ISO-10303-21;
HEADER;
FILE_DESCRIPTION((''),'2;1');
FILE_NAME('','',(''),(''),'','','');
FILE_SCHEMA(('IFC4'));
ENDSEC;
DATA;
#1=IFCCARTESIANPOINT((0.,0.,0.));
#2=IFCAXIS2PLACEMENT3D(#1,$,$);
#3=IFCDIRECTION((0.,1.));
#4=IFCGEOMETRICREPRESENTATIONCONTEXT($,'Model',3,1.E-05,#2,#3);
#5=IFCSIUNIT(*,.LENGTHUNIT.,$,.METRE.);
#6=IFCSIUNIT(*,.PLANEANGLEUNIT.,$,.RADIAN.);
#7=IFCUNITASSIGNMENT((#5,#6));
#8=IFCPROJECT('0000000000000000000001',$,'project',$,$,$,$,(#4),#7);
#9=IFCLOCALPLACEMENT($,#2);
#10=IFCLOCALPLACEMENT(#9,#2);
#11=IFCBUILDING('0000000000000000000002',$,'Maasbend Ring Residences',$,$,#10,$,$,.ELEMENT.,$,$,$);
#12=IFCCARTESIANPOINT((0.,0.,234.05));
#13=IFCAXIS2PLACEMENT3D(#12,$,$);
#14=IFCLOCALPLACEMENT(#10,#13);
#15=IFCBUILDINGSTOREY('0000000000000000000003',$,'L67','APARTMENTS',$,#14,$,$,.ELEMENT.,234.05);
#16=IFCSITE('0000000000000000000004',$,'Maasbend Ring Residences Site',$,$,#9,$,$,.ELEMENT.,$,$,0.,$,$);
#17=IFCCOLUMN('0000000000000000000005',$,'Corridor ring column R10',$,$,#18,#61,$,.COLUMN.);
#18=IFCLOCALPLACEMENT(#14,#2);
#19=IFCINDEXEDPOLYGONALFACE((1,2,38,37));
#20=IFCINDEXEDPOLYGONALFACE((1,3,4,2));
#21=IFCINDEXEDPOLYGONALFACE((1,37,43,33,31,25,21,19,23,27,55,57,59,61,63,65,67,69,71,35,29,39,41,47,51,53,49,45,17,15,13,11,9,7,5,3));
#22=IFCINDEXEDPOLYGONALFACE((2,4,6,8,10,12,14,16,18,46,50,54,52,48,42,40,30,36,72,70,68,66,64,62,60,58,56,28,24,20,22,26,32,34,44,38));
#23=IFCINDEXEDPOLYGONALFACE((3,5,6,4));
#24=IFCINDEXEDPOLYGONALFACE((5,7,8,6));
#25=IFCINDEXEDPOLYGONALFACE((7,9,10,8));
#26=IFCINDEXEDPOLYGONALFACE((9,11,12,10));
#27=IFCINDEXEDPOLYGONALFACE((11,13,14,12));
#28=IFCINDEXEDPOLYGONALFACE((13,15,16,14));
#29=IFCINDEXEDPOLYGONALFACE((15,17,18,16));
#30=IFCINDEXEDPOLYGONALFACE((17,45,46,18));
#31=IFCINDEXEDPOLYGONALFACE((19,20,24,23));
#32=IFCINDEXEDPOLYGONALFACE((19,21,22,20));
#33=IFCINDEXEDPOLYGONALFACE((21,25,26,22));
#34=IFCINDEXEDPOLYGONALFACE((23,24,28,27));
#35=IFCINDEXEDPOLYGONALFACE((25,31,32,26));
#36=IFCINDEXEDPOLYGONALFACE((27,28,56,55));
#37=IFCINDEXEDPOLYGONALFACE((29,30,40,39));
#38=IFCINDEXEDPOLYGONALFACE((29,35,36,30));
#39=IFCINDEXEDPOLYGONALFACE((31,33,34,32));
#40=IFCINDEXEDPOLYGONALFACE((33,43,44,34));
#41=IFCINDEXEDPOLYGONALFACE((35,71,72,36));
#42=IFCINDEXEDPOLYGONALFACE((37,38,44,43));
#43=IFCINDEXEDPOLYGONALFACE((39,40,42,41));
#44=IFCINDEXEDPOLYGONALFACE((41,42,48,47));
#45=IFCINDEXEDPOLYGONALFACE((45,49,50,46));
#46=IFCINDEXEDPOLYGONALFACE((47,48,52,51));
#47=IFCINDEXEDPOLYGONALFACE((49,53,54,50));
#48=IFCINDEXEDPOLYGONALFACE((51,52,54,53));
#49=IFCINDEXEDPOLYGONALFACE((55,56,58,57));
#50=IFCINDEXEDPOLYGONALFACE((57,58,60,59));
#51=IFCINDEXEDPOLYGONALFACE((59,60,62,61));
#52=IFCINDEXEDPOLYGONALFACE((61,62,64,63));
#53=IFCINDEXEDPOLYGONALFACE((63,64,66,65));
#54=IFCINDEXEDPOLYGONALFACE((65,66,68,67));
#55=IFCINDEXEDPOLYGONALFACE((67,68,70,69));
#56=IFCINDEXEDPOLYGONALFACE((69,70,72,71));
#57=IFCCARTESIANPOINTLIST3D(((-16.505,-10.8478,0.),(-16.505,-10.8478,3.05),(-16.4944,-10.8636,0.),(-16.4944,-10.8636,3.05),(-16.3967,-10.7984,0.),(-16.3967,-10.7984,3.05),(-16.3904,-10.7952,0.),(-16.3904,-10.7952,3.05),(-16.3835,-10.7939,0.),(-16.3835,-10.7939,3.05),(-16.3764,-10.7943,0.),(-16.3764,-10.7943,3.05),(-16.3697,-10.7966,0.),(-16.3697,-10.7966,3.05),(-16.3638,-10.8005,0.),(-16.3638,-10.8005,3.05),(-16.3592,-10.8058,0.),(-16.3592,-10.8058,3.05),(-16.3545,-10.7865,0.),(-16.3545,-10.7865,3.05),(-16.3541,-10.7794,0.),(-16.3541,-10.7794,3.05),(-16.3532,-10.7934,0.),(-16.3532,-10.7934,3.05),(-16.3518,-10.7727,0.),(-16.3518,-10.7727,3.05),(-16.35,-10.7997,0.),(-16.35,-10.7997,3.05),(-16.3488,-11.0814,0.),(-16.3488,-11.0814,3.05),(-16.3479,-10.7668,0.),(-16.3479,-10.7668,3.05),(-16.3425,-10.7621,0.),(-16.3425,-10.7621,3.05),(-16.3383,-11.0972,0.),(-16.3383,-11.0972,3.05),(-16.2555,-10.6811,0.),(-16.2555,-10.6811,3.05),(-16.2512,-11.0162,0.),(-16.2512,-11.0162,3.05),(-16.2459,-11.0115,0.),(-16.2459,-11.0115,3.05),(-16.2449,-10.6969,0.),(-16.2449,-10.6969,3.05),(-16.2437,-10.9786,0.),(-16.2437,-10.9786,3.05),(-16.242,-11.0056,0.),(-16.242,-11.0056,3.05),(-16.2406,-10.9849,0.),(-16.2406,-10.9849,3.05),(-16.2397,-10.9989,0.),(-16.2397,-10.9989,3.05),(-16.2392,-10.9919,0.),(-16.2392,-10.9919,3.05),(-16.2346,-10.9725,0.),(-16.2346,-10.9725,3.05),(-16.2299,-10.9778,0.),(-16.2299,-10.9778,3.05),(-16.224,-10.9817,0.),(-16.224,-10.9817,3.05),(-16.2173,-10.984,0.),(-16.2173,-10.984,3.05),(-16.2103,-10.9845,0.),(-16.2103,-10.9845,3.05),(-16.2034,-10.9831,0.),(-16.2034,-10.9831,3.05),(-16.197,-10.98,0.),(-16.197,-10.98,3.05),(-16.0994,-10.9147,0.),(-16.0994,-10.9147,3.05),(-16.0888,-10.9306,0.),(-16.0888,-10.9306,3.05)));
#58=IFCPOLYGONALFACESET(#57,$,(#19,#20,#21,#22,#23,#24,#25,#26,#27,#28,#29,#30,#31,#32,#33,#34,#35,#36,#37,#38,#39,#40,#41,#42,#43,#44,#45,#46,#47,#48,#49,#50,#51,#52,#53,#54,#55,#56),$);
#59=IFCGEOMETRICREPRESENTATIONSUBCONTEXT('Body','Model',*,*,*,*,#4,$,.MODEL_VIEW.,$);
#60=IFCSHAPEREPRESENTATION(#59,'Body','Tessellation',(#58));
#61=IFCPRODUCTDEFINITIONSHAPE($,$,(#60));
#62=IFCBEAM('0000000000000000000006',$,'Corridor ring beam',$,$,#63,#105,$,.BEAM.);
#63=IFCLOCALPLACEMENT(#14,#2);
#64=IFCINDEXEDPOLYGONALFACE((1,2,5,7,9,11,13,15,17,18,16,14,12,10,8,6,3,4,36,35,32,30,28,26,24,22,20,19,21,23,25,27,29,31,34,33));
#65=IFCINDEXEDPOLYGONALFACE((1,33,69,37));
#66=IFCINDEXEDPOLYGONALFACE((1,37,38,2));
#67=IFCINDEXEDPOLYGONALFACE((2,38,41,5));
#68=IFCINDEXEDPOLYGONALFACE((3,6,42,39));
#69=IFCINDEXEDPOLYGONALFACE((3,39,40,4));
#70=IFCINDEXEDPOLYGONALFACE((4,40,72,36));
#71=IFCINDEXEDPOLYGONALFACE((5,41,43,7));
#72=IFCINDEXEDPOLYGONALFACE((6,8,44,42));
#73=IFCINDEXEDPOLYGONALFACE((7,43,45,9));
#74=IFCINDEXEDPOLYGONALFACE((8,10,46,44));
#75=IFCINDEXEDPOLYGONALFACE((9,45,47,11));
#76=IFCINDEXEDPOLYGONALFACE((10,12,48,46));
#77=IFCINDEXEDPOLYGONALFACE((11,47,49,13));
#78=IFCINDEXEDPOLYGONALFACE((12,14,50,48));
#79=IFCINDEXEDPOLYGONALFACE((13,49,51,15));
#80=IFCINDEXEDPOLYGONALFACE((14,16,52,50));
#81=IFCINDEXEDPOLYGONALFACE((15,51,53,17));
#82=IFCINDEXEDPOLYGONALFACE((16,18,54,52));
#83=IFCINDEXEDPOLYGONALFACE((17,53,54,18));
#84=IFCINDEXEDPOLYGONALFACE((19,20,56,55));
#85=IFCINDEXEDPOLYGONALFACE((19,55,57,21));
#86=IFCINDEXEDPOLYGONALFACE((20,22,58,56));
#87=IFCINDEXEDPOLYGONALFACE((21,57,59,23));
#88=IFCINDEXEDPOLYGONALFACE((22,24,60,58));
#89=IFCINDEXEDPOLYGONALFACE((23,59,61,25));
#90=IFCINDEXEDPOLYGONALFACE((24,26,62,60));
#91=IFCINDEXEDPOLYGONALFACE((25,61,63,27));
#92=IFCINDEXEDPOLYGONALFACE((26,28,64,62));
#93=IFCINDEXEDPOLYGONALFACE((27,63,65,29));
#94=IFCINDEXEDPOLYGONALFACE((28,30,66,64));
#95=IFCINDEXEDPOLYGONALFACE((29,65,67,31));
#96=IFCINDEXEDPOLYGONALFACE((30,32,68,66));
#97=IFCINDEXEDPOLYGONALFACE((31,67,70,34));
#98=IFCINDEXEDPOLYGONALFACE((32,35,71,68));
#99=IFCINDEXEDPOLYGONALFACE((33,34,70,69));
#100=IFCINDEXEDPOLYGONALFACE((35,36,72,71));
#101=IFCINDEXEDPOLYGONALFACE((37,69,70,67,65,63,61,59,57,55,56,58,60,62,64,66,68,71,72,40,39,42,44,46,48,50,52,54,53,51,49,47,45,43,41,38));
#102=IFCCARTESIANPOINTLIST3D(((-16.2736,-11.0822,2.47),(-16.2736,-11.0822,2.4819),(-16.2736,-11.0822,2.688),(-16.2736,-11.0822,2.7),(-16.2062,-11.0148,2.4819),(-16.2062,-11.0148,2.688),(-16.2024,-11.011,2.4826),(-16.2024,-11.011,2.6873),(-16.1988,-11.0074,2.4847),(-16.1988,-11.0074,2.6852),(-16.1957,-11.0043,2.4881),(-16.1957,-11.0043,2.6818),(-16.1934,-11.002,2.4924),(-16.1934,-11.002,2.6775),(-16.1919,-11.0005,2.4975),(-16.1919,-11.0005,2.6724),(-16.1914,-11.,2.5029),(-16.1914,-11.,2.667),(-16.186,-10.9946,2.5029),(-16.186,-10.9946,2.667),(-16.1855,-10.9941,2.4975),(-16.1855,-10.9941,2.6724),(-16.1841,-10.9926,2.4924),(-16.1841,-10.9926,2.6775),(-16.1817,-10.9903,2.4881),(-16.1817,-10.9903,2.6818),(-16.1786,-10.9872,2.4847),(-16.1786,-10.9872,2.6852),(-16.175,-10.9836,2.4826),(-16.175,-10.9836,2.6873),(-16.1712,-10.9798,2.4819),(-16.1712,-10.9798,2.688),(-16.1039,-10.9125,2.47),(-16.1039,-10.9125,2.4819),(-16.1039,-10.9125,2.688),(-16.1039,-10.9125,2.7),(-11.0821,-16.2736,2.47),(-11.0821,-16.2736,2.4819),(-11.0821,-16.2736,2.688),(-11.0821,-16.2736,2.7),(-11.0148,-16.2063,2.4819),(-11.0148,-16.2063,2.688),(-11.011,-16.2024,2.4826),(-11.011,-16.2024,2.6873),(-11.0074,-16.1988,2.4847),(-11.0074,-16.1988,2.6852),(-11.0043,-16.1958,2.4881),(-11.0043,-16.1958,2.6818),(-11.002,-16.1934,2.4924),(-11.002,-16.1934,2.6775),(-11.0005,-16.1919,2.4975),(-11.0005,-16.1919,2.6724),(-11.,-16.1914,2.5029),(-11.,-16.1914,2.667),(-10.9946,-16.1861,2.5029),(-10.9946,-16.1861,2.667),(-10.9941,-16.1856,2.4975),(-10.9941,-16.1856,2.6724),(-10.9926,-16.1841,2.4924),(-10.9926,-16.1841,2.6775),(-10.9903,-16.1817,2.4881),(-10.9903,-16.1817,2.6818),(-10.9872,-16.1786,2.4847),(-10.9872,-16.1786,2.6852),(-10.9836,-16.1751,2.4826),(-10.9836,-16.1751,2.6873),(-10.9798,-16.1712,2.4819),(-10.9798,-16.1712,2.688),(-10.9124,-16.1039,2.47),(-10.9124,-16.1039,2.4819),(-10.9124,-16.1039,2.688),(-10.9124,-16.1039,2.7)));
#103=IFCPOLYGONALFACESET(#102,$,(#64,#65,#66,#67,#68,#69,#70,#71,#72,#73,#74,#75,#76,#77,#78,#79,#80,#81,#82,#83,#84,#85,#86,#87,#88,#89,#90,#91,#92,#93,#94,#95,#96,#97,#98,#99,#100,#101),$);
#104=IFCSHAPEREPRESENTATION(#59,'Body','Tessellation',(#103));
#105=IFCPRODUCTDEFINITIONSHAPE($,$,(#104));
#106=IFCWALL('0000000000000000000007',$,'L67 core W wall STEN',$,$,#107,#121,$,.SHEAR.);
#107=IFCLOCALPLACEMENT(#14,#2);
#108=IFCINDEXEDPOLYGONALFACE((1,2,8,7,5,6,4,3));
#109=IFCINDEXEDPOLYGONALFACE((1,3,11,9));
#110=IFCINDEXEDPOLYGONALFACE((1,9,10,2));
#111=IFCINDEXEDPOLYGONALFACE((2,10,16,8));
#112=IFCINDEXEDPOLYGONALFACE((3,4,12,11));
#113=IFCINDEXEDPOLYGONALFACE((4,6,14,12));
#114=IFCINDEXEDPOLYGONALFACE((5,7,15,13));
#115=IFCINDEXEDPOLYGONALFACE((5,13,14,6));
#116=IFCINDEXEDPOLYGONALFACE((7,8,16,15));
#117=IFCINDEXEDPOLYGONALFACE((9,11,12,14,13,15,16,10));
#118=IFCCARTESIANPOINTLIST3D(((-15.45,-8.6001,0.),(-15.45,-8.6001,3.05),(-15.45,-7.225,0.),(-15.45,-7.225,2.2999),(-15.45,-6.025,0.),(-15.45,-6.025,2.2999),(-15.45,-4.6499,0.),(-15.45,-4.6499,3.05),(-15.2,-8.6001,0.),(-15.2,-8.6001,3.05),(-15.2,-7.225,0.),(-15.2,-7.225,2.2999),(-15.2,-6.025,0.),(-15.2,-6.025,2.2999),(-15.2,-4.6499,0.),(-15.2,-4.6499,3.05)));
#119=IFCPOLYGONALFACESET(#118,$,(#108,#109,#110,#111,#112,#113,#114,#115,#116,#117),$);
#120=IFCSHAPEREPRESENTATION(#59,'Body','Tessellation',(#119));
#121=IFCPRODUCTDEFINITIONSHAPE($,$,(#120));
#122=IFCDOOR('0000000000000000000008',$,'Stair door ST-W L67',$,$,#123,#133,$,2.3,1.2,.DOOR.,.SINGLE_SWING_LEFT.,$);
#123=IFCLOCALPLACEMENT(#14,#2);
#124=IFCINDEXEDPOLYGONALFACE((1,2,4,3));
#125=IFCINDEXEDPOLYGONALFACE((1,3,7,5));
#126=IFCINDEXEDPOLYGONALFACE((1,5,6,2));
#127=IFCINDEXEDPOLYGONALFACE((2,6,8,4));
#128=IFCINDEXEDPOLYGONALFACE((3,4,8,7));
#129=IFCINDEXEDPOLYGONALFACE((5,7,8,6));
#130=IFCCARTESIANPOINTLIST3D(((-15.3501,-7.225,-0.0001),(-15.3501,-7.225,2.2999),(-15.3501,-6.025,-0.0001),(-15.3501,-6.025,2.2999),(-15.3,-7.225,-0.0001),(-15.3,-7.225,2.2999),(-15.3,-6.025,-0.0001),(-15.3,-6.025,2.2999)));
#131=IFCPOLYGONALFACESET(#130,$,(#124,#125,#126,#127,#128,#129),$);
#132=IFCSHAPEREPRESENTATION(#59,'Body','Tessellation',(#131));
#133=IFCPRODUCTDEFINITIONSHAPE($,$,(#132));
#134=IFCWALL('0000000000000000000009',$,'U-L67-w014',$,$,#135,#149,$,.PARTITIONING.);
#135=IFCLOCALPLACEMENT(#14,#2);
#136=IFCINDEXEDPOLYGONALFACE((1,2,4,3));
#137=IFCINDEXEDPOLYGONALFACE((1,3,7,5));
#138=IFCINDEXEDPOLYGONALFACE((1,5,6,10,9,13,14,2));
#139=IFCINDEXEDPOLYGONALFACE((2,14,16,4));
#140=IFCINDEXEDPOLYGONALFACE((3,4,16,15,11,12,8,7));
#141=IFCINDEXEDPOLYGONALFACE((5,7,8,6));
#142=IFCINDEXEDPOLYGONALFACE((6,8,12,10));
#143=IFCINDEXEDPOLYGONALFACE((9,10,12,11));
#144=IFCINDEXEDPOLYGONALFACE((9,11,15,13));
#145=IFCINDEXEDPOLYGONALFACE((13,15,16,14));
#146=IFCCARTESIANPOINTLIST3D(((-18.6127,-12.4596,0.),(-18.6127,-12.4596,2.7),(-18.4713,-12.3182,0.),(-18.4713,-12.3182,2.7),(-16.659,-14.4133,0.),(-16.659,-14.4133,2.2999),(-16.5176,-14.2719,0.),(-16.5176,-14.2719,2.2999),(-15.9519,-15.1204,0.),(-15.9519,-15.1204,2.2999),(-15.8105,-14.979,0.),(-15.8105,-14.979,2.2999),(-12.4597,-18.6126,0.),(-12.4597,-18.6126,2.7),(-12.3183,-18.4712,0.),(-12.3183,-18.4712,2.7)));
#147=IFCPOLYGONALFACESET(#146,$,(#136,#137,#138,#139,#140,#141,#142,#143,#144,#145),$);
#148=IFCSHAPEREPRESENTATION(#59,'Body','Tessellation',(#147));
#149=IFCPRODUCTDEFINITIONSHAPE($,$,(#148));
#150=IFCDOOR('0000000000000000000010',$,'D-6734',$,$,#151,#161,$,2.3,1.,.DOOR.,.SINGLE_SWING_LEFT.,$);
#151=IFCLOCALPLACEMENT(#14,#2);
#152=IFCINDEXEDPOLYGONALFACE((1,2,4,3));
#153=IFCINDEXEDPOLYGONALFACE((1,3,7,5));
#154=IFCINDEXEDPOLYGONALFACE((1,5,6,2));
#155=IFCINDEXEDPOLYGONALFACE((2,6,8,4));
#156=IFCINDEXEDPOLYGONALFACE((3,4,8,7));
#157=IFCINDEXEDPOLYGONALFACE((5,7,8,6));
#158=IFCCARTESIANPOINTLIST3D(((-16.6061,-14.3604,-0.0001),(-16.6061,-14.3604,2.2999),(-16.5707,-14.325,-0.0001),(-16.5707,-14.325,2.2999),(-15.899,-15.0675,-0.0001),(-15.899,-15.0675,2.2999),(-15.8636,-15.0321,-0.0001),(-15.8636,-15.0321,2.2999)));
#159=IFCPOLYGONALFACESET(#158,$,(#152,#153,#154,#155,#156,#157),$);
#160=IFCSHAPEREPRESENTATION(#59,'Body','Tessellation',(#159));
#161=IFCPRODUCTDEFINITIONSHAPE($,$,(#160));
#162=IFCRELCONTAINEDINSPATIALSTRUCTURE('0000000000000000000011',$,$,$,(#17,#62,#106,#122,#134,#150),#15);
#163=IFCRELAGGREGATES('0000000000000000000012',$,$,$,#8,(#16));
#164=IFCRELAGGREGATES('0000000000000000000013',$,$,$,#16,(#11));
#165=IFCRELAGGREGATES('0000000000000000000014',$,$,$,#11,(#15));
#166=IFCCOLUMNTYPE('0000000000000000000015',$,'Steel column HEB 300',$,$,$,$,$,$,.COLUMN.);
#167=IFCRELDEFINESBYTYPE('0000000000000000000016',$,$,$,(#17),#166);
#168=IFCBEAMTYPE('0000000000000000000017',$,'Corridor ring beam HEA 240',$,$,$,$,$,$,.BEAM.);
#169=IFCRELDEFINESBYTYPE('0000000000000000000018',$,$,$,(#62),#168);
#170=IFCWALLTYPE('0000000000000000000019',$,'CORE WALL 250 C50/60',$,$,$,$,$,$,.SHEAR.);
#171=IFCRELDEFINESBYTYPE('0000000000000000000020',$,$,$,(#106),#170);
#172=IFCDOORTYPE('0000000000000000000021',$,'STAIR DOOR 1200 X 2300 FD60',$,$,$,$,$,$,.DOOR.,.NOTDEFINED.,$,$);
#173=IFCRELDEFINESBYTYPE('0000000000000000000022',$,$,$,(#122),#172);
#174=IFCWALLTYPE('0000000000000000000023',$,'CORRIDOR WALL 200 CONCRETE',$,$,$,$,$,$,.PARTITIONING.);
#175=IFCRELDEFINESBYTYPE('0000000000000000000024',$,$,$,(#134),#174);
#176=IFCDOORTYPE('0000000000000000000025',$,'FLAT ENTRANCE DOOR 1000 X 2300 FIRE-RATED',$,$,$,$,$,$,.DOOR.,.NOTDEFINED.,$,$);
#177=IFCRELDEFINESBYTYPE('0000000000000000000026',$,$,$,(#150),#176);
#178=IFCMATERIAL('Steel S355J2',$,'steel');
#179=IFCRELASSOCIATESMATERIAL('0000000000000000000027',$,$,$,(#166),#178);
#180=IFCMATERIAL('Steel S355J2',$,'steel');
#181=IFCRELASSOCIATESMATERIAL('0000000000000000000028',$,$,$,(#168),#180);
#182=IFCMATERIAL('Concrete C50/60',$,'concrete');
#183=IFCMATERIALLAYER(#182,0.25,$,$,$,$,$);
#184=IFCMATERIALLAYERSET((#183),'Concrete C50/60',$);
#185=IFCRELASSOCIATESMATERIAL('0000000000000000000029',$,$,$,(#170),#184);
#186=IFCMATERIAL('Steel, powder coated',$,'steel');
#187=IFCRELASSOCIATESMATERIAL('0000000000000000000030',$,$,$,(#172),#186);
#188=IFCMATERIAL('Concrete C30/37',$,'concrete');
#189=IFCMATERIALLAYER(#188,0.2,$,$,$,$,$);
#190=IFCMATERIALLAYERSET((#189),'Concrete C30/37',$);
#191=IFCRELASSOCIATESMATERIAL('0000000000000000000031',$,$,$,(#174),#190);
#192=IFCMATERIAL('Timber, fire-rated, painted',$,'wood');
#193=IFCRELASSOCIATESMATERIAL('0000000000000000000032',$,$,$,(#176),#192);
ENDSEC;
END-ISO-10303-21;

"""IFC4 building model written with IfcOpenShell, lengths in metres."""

from ifc_helpers import new_model, si_unit, direction, frame, frame_2d, origin, origin_2d, place, context, subcontext, project, spatial, rectangle, i_section, extrude, material, layer, layer_set, material_profile, profile_set, type_object, element, fill, save


model = new_model("IFC4")

# Units and contexts
model_context = context("Model", 3, precision=1e-05, world=origin(), true_north=direction((0.0, 1.0)))
body_context = subcontext(model_context, "Body", "Model", "MODEL_VIEW")
ifc_project = project(units=[si_unit("LENGTHUNIT", "METRE"), si_unit("PLANEANGLEUNIT", "RADIAN")], contexts=[model_context])

# Site, building, storey
site_placement = place(None, origin())
site = spatial("IfcSite", under=ifc_project, at=site_placement, Name="Maasbend Ring Residences Site", CompositionType="ELEMENT", RefElevation=0.0)
building_placement = place(site_placement, origin())
building = spatial("IfcBuilding", under=site, at=building_placement, Name="Maasbend Ring Residences", CompositionType="ELEMENT")
storey_placement = place(building_placement, frame((0.0, 0.0, 234.05)))
storey = spatial("IfcBuildingStorey", under=building, at=storey_placement, Name="L67", Description="APARTMENTS", CompositionType="ELEMENT", Elevation=234.05)

# Column
ifc_material_1 = material(Name="Steel S355J2", Category="steel")
ifc_material_profile_1 = material_profile(ifc_material_1, i_section(OverallWidth=0.3, OverallDepth=0.3, WebThickness=0.011, FlangeThickness=0.019, FilletRadius=0.0271, at=origin_2d()), Name="HEB 300")
ifc_profile_set_1 = profile_set([ifc_material_profile_1], Name="Steel S355J2")
column_type = type_object("IfcColumnType", Name="Steel column HEB 300", PredefinedType="COLUMN", material=ifc_profile_set_1)
column_placement = place(storey_placement, frame((-16.2969, -10.8892, 0.0), z_axis=(0.0, 0.0, 1.0), x_axis=(-0.83147, -0.55557, 0.0)))
element("IfcColumn", 1, at=column_placement, inside=storey, type_object=column_type, Name="Corridor ring column R10", PredefinedType="COLUMN", context=body_context, shape_type="SweptSolid", body=[
    extrude(i_section(OverallWidth=0.3, OverallDepth=0.3, WebThickness=0.011, FlangeThickness=0.019, FilletRadius=0.0271, at=origin_2d()), origin(), (0.0, 0.0, 1.0), 3.05),
])

# Beam
ifc_material_2 = material(Name="Steel S355J2", Category="steel")
ifc_material_profile_2 = material_profile(ifc_material_2, i_section(OverallWidth=0.24, OverallDepth=0.23, WebThickness=0.0076, FlangeThickness=0.012, FilletRadius=0.021, at=origin_2d()), Name="HEA 240")
ifc_profile_set_2 = profile_set([ifc_material_profile_2], Name="Steel S355J2")
beam_type = type_object("IfcBeamType", Name="Corridor ring beam HEA 240", PredefinedType="BEAM", material=ifc_profile_set_2)
beam_placement = place(storey_placement, frame((-16.1887, -10.9973, 2.585), z_axis=(0.707107, -0.707107, 0.0), x_axis=(0.707107, 0.707107, 0.0)))
element("IfcBeam", 2, at=beam_placement, inside=storey, type_object=beam_type, Name="Corridor ring beam", PredefinedType="BEAM", context=body_context, shape_type="SweptSolid", body=[
    extrude(i_section(OverallWidth=0.24, OverallDepth=0.23, WebThickness=0.0076, FlangeThickness=0.012, FilletRadius=0.021, at=origin_2d()), origin(), (0.0, 0.0, 1.0), 7.3418),
])

# Walls, openings, doors
ifc_material_3 = material(Name="Concrete C50/60", Category="concrete")
ifc_layer_1 = layer(ifc_material_3, 0.25)
ifc_layer_set_1 = layer_set([ifc_layer_1], Name="Concrete C50/60")
wall_type_1 = type_object("IfcWallType", Name="CORE WALL 250 C50/60", PredefinedType="SHEAR", material=ifc_layer_set_1)
wall_1_placement = place(storey_placement, frame((-15.325, -4.6499, 0.0), z_axis=(0.0, 0.0, 1.0), x_axis=(0.0, -1.0, 0.0)))
wall_1 = element("IfcWall", 3, at=wall_1_placement, inside=storey, type_object=wall_type_1, Name="L67 core W wall STEN", PredefinedType="SHEAR", context=body_context, shape_type="SweptSolid", body=[
    extrude(rectangle(XDim=3.9502, YDim=0.25, at=frame_2d((1.9751, 0.0))), origin(), (0.0, 0.0, 1.0), 3.05),
])
opening_1_placement = place(wall_1_placement, frame((1.375, 0.0, 0.0)))
opening_1 = element("IfcOpeningElement", 4, at=opening_1_placement, cuts=wall_1, PredefinedType="OPENING", context=body_context, shape_type="SweptSolid", body=[
    extrude(rectangle(XDim=1.2, YDim=2.3, at=frame_2d((0.6001, 1.1499))), frame((0.0, 0.135, 0.0), z_axis=(0.0, -1.0, 0.0), x_axis=(1.0, 0.0, 0.0)), (0.0, 0.0, 1.0), 0.27),
])
ifc_material_4 = material(Name="Steel, powder coated", Category="steel")
door_type_1 = type_object("IfcDoorType", Name="STAIR DOOR 1200 X 2300 FD60", OperationType="NOTDEFINED", PredefinedType="DOOR", material=ifc_material_4)
door_1_placement = place(opening_1_placement, origin())
door_1 = element("IfcDoor", 5, at=door_1_placement, inside=storey, type_object=door_type_1, Name="Stair door ST-W L67", OperationType="SINGLE_SWING_LEFT", OverallHeight=2.3, OverallWidth=1.2, PredefinedType="DOOR", context=body_context, shape_type="SweptSolid", body=[
    extrude(rectangle(XDim=1.2, YDim=2.3, at=frame_2d((0.6001, 1.1499))), frame((0.0, 0.0249, 0.0), z_axis=(0.0, -1.0, 0.0), x_axis=(1.0, 0.0, 0.0)), (0.0, 0.0, 1.0), 0.05),
])
fill(opening_1, door_1)
ifc_material_5 = material(Name="Concrete C30/37", Category="concrete")
ifc_layer_2 = layer(ifc_material_5, 0.2)
ifc_layer_set_2 = layer_set([ifc_layer_2], Name="Concrete C30/37")
wall_type_2 = type_object("IfcWallType", Name="CORRIDOR WALL 200 CONCRETE", PredefinedType="PARTITIONING", material=ifc_layer_set_2)
wall_2_placement = place(storey_placement, frame((-18.542, -12.3889, 0.0), z_axis=(0.0, 0.0, 1.0), x_axis=(0.707107, -0.707107, 0.0)))
wall_2 = element("IfcWall", 6, at=wall_2_placement, inside=storey, type_object=wall_type_2, Name="U-L67-w014", PredefinedType="PARTITIONING", context=body_context, shape_type="SweptSolid", body=[
    extrude(rectangle(XDim=8.7017, YDim=0.2, at=frame_2d((4.3508, 0.0))), origin(), (0.0, 0.0, 1.0), 2.7),
])
opening_2_placement = place(wall_2_placement, frame((2.7629, 0.0, 0.0)))
opening_2 = element("IfcOpeningElement", 7, at=opening_2_placement, cuts=wall_2, PredefinedType="OPENING", context=body_context, shape_type="SweptSolid", body=[
    extrude(rectangle(XDim=1.0, YDim=2.3, at=frame_2d((0.5, 1.1499))), frame((0.0, 0.1099, 0.0), z_axis=(0.0, -1.0, 0.0), x_axis=(1.0, 0.0, 0.0)), (0.0, 0.0, 1.0), 0.22),
])
ifc_material_6 = material(Name="Timber, fire-rated, painted", Category="wood")
door_type_2 = type_object("IfcDoorType", Name="FLAT ENTRANCE DOOR 1000 X 2300 FIRE-RATED", OperationType="NOTDEFINED", PredefinedType="DOOR", material=ifc_material_6)
door_2_placement = place(opening_2_placement, origin())
door_2 = element("IfcDoor", 8, at=door_2_placement, inside=storey, type_object=door_type_2, Name="D-6734", OperationType="SINGLE_SWING_LEFT", OverallHeight=2.3, OverallWidth=1.0, PredefinedType="DOOR", context=body_context, shape_type="SweptSolid", body=[
    extrude(rectangle(XDim=1.0, YDim=2.3, at=frame_2d((0.5, 1.1499))), frame((0.0, 0.0249, 0.0), z_axis=(0.0, -1.0, 0.0), x_axis=(1.0, 0.0, 0.0)), (0.0, 0.0, 1.0), 0.05),
])
fill(opening_2, door_2)

save(model, "model.ifc")
